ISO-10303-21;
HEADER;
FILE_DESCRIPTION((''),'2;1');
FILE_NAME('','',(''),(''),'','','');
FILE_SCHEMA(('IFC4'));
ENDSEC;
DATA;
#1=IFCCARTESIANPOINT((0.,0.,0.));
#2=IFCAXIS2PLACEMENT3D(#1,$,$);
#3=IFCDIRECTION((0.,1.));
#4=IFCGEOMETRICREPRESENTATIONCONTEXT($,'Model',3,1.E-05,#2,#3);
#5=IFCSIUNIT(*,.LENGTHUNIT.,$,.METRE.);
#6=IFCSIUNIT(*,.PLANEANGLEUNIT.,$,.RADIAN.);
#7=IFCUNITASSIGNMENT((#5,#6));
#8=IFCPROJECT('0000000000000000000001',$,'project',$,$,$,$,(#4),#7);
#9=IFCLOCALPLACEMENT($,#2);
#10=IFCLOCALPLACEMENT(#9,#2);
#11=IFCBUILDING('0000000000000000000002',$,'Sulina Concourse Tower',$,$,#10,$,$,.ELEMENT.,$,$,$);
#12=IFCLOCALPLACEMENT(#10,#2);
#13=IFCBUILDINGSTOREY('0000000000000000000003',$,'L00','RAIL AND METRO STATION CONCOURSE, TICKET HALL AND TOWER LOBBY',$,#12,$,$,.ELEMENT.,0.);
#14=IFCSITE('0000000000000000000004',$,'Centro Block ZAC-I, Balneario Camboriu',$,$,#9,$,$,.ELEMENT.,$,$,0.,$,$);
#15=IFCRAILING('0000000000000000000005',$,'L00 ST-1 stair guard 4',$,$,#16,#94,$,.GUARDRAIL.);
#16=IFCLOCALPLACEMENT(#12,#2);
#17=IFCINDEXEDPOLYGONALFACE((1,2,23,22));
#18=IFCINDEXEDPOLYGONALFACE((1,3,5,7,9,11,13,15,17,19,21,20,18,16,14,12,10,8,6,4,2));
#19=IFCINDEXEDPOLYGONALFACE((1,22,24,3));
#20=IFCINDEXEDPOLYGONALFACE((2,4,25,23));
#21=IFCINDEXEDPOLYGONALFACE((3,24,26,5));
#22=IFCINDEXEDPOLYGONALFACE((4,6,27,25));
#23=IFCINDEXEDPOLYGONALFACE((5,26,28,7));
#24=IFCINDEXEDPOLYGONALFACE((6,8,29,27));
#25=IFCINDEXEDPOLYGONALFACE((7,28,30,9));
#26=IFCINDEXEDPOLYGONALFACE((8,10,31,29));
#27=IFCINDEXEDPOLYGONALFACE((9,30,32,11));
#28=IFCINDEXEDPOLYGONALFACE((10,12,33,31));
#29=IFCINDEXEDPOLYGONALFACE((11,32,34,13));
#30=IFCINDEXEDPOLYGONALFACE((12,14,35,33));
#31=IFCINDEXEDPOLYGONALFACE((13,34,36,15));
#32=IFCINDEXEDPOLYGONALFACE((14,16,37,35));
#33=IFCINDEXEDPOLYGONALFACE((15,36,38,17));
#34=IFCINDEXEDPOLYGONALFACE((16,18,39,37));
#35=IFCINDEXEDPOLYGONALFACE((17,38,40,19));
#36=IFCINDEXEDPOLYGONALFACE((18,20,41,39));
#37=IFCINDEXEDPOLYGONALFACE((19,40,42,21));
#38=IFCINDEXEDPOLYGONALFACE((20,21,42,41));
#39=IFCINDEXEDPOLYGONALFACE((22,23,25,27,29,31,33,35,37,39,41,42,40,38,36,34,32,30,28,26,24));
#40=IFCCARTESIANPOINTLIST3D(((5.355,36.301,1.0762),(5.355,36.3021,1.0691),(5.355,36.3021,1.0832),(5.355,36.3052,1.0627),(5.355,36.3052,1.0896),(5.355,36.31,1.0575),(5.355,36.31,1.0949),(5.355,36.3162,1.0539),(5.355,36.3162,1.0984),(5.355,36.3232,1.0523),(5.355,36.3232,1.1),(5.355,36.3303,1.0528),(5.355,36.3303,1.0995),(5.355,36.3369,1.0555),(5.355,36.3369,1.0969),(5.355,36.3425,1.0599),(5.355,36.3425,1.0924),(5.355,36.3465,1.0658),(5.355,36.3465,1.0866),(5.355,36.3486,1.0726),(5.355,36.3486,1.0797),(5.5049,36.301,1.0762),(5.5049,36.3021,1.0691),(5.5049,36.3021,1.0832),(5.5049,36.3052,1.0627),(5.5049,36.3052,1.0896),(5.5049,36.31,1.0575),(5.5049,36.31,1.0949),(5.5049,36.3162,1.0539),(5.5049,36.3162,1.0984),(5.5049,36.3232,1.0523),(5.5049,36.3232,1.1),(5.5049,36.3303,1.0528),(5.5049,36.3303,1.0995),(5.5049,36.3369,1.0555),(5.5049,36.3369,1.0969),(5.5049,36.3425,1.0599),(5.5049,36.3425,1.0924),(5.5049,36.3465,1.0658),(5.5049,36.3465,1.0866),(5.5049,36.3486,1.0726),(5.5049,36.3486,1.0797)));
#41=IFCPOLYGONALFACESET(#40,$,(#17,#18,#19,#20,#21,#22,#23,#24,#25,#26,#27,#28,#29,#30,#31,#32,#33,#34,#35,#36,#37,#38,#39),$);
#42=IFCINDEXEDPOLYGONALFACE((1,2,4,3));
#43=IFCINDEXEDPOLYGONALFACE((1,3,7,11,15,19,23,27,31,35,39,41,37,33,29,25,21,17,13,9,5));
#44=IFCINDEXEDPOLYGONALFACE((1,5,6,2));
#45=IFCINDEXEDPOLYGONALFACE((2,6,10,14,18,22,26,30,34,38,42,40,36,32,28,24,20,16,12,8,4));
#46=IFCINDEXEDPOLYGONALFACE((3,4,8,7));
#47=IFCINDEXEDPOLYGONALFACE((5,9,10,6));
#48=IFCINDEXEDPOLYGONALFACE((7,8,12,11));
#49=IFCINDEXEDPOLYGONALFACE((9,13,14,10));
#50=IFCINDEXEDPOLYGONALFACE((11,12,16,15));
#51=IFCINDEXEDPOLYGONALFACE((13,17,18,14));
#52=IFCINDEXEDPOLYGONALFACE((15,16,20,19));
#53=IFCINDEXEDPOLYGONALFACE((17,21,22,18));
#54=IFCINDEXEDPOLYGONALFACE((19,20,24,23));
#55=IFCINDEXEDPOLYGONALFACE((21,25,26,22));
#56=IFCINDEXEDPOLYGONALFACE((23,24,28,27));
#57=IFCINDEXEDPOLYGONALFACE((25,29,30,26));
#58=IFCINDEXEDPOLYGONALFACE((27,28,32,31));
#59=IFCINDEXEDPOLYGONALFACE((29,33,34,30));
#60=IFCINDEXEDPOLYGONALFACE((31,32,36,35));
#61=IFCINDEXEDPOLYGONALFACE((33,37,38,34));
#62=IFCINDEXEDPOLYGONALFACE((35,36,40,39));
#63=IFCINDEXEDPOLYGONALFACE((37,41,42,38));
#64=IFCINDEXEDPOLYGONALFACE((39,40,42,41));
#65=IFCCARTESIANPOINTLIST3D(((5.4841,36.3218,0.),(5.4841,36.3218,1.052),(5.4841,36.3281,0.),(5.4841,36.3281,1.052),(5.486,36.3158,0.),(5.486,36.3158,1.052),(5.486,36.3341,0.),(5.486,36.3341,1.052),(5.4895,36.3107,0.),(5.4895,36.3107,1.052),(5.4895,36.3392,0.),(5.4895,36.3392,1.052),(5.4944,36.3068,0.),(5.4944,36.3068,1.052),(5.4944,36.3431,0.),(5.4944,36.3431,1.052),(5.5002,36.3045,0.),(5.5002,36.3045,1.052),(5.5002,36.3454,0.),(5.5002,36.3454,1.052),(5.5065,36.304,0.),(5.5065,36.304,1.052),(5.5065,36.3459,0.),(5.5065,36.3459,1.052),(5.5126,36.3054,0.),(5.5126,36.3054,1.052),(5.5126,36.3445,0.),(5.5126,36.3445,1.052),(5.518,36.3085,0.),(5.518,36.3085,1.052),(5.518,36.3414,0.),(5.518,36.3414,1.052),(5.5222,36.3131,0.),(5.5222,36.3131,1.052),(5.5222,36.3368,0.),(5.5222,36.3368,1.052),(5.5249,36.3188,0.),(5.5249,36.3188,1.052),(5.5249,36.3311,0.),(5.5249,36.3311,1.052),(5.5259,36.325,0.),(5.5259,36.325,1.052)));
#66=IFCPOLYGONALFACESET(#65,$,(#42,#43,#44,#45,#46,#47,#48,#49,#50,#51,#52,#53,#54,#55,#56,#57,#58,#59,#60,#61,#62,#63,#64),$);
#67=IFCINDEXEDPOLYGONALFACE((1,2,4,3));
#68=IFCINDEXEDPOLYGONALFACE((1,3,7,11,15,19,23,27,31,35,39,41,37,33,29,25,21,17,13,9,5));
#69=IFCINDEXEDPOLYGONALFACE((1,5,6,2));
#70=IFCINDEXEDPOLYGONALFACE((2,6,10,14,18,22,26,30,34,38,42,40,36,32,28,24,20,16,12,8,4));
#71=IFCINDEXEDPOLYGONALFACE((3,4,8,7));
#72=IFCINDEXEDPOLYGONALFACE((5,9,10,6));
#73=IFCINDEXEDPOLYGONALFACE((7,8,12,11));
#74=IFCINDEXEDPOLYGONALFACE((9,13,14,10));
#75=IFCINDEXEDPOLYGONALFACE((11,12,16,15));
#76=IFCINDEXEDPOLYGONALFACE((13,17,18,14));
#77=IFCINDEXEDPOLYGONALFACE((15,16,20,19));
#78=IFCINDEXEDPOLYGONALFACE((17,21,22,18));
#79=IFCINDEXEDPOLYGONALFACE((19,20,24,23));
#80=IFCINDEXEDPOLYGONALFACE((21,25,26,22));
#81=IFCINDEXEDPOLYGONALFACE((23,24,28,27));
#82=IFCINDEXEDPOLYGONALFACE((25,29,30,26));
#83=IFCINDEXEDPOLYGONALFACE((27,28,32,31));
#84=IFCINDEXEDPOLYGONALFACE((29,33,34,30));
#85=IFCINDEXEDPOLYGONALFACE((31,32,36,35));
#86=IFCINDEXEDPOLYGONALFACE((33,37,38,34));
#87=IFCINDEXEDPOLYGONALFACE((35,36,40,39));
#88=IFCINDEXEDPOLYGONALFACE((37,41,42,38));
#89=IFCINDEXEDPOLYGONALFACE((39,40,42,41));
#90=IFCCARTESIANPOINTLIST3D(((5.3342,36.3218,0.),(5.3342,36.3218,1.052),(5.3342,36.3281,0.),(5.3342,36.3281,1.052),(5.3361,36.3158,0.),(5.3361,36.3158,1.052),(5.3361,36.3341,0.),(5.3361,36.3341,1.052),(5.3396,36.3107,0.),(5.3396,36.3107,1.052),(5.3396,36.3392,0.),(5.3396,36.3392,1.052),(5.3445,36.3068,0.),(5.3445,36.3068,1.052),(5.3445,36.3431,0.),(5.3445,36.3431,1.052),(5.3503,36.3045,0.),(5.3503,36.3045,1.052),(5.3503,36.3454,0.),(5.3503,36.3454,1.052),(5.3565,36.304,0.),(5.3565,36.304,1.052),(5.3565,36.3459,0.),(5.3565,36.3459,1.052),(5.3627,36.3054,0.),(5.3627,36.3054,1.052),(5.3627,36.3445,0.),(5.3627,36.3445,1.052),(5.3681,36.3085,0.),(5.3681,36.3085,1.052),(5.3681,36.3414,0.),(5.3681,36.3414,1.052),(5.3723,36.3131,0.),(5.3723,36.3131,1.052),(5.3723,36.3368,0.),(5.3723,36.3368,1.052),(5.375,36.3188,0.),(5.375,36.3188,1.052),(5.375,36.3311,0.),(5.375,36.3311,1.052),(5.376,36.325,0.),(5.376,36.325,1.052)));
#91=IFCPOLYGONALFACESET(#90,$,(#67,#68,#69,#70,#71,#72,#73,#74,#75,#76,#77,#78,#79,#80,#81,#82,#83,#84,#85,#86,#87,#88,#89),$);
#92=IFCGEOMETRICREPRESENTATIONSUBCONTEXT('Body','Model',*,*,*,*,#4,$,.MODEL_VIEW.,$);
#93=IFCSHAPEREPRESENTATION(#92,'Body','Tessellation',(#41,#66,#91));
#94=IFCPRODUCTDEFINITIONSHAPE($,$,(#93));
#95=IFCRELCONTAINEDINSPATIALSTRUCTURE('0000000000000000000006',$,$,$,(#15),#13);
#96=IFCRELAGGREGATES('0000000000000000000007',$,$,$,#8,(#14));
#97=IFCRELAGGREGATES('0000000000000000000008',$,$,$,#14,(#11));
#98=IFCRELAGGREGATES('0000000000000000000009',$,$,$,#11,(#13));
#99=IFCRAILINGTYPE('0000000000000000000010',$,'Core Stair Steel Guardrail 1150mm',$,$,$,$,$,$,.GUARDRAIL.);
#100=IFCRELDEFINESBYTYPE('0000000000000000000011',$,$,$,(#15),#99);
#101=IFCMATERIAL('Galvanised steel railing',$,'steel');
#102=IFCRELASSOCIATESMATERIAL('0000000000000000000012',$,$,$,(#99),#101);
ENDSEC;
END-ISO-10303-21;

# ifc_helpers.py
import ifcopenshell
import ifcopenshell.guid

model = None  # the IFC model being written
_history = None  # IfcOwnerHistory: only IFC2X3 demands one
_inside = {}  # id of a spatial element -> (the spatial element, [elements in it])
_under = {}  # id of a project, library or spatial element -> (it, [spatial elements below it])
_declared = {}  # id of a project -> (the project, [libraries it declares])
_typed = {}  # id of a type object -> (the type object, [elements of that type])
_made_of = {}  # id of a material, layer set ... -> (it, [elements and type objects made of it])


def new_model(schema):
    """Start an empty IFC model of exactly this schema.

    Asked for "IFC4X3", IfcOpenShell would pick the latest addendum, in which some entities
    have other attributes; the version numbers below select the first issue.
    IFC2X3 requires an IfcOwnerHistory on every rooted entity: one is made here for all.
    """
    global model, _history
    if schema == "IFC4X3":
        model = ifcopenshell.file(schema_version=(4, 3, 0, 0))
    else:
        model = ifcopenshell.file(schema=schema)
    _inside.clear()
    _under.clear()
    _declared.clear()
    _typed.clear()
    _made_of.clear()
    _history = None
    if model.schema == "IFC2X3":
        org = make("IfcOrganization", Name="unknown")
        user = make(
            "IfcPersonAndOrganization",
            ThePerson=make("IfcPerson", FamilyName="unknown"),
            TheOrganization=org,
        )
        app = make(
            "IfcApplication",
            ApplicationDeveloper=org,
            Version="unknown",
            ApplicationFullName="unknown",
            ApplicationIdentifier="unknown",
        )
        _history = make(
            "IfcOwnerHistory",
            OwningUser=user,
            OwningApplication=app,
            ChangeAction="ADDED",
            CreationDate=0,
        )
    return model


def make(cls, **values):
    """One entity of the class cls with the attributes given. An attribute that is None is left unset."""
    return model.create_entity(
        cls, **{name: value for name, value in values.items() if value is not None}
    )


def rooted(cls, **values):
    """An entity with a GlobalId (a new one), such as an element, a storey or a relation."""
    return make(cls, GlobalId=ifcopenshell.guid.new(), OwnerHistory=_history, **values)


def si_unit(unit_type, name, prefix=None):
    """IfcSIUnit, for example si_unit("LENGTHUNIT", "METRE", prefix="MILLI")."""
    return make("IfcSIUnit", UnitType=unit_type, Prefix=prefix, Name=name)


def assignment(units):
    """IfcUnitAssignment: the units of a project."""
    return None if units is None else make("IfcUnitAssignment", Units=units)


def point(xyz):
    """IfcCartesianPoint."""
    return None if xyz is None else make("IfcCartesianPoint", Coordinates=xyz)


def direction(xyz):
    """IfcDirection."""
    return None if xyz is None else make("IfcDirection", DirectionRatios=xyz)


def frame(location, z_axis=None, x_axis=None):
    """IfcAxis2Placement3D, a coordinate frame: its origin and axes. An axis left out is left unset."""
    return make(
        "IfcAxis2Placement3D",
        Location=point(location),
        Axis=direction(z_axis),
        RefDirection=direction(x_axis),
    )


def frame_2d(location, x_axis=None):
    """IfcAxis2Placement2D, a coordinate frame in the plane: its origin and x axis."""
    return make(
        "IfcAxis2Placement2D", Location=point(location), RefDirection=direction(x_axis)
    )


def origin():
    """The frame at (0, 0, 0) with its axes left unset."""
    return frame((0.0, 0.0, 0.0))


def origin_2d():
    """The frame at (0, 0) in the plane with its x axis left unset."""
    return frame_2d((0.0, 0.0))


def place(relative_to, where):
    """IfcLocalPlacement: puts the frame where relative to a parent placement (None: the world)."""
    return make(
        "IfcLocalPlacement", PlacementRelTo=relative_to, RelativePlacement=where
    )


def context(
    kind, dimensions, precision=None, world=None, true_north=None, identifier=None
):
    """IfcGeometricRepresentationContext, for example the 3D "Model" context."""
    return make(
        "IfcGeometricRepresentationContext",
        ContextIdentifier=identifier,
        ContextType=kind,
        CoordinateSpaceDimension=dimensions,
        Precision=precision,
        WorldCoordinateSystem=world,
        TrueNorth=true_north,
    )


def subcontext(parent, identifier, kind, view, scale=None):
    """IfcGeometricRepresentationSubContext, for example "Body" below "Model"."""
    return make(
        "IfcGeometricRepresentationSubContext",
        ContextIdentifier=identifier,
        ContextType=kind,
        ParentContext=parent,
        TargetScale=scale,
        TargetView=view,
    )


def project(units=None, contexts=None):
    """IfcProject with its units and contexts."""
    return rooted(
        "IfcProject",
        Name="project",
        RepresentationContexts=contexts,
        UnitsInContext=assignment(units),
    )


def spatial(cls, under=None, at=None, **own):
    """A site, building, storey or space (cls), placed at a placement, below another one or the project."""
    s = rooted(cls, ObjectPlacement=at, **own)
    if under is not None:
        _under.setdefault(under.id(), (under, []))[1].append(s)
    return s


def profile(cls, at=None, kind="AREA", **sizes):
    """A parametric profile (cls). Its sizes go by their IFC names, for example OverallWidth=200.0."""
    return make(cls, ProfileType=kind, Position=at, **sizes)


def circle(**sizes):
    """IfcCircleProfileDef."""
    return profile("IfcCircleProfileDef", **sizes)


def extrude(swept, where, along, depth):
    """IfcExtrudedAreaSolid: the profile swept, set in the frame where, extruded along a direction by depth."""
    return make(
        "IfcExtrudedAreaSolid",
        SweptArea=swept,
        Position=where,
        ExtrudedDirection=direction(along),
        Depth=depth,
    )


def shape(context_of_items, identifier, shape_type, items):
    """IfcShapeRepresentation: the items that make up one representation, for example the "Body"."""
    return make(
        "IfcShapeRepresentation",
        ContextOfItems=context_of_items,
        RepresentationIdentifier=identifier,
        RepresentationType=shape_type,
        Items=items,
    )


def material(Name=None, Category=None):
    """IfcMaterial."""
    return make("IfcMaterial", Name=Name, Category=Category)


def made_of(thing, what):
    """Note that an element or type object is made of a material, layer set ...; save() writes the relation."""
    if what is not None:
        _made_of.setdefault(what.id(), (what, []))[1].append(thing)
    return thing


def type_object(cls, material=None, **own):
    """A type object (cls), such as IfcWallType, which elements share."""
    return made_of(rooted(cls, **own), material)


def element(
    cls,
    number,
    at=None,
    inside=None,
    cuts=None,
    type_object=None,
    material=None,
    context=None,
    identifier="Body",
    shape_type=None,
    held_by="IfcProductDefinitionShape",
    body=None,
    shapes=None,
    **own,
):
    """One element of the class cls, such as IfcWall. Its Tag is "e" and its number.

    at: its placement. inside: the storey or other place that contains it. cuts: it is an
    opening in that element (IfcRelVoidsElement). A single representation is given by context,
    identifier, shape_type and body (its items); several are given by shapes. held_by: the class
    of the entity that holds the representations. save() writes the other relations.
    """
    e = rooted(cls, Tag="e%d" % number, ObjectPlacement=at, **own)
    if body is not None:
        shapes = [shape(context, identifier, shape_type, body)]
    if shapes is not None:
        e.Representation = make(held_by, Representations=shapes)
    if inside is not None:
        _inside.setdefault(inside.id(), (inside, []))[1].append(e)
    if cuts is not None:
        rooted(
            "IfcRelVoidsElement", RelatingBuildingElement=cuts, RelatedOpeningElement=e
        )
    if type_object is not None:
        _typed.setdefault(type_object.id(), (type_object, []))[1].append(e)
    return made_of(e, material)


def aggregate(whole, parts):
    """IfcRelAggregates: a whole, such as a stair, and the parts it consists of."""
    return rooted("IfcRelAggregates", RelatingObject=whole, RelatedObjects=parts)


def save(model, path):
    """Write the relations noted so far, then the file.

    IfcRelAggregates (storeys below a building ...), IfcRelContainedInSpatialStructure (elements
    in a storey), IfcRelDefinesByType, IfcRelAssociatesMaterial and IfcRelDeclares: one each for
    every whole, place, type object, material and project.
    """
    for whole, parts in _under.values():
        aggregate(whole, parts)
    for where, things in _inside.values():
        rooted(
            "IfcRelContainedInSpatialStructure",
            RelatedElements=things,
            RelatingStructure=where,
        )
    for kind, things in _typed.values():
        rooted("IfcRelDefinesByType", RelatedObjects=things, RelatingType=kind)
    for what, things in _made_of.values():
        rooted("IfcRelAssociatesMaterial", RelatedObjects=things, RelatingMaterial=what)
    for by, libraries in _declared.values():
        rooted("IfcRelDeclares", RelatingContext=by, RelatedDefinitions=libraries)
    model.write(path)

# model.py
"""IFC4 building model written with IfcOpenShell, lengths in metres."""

from ifc_helpers import new_model, si_unit, direction, frame, origin, origin_2d, place, context, subcontext, project, spatial, circle, extrude, material, type_object, element, save


model = new_model("IFC4")

# Units and contexts
model_context = context("Model", 3, precision=1e-05, world=origin(), true_north=direction((0.0, 1.0)))
body_context = subcontext(model_context, "Body", "Model", "MODEL_VIEW")
ifc_project = project(units=[si_unit("LENGTHUNIT", "METRE"), si_unit("PLANEANGLEUNIT", "RADIAN")], contexts=[model_context])

# Site, building, storey
site_placement = place(None, origin())
site = spatial("IfcSite", under=ifc_project, at=site_placement, Name="Centro Block ZAC-I, Balneario Camboriu", CompositionType="ELEMENT", RefElevation=0.0)
building_placement = place(site_placement, origin())
building = spatial("IfcBuilding", under=site, at=building_placement, Name="Sulina Concourse Tower", CompositionType="ELEMENT")
storey_placement = place(building_placement, origin())
storey = spatial("IfcBuildingStorey", under=building, at=storey_placement, Name="L00", Description="RAIL AND METRO STATION CONCOURSE, TICKET HALL AND TOWER LOBBY", CompositionType="ELEMENT", Elevation=0.0)

# Railing
ifc_material_1 = material(Name="Galvanised steel railing", Category="steel")
railing_type_1 = type_object("IfcRailingType", Name="Core Stair Steel Guardrail 1150mm", PredefinedType="GUARDRAIL", material=ifc_material_1)
railing_1_placement = place(storey_placement, frame((5.5049, 36.325, 0.0)))
element("IfcRailing", 1, at=railing_1_placement, inside=storey, type_object=railing_type_1, Name="L00 ST-1 stair guard 4", PredefinedType="GUARDRAIL", context=body_context, shape_type="SweptSolid", body=[
    extrude(circle(Radius=0.0239, at=origin_2d()), frame((0.0, 0.0, 1.0762), z_axis=(-1.0, 0.0, 0.0), x_axis=(0.0, -1.0, 0.0)), (0.0, 0.0, 1.0), 0.1499),
    extrude(circle(Radius=0.021, at=origin_2d()), origin(), (0.0, 0.0, 1.0), 1.052),
    extrude(circle(Radius=0.021, at=origin_2d()), frame((-0.1499, 0.0, 0.0)), (0.0, 0.0, 1.0), 1.052),
])

save(model, "model.ifc")
